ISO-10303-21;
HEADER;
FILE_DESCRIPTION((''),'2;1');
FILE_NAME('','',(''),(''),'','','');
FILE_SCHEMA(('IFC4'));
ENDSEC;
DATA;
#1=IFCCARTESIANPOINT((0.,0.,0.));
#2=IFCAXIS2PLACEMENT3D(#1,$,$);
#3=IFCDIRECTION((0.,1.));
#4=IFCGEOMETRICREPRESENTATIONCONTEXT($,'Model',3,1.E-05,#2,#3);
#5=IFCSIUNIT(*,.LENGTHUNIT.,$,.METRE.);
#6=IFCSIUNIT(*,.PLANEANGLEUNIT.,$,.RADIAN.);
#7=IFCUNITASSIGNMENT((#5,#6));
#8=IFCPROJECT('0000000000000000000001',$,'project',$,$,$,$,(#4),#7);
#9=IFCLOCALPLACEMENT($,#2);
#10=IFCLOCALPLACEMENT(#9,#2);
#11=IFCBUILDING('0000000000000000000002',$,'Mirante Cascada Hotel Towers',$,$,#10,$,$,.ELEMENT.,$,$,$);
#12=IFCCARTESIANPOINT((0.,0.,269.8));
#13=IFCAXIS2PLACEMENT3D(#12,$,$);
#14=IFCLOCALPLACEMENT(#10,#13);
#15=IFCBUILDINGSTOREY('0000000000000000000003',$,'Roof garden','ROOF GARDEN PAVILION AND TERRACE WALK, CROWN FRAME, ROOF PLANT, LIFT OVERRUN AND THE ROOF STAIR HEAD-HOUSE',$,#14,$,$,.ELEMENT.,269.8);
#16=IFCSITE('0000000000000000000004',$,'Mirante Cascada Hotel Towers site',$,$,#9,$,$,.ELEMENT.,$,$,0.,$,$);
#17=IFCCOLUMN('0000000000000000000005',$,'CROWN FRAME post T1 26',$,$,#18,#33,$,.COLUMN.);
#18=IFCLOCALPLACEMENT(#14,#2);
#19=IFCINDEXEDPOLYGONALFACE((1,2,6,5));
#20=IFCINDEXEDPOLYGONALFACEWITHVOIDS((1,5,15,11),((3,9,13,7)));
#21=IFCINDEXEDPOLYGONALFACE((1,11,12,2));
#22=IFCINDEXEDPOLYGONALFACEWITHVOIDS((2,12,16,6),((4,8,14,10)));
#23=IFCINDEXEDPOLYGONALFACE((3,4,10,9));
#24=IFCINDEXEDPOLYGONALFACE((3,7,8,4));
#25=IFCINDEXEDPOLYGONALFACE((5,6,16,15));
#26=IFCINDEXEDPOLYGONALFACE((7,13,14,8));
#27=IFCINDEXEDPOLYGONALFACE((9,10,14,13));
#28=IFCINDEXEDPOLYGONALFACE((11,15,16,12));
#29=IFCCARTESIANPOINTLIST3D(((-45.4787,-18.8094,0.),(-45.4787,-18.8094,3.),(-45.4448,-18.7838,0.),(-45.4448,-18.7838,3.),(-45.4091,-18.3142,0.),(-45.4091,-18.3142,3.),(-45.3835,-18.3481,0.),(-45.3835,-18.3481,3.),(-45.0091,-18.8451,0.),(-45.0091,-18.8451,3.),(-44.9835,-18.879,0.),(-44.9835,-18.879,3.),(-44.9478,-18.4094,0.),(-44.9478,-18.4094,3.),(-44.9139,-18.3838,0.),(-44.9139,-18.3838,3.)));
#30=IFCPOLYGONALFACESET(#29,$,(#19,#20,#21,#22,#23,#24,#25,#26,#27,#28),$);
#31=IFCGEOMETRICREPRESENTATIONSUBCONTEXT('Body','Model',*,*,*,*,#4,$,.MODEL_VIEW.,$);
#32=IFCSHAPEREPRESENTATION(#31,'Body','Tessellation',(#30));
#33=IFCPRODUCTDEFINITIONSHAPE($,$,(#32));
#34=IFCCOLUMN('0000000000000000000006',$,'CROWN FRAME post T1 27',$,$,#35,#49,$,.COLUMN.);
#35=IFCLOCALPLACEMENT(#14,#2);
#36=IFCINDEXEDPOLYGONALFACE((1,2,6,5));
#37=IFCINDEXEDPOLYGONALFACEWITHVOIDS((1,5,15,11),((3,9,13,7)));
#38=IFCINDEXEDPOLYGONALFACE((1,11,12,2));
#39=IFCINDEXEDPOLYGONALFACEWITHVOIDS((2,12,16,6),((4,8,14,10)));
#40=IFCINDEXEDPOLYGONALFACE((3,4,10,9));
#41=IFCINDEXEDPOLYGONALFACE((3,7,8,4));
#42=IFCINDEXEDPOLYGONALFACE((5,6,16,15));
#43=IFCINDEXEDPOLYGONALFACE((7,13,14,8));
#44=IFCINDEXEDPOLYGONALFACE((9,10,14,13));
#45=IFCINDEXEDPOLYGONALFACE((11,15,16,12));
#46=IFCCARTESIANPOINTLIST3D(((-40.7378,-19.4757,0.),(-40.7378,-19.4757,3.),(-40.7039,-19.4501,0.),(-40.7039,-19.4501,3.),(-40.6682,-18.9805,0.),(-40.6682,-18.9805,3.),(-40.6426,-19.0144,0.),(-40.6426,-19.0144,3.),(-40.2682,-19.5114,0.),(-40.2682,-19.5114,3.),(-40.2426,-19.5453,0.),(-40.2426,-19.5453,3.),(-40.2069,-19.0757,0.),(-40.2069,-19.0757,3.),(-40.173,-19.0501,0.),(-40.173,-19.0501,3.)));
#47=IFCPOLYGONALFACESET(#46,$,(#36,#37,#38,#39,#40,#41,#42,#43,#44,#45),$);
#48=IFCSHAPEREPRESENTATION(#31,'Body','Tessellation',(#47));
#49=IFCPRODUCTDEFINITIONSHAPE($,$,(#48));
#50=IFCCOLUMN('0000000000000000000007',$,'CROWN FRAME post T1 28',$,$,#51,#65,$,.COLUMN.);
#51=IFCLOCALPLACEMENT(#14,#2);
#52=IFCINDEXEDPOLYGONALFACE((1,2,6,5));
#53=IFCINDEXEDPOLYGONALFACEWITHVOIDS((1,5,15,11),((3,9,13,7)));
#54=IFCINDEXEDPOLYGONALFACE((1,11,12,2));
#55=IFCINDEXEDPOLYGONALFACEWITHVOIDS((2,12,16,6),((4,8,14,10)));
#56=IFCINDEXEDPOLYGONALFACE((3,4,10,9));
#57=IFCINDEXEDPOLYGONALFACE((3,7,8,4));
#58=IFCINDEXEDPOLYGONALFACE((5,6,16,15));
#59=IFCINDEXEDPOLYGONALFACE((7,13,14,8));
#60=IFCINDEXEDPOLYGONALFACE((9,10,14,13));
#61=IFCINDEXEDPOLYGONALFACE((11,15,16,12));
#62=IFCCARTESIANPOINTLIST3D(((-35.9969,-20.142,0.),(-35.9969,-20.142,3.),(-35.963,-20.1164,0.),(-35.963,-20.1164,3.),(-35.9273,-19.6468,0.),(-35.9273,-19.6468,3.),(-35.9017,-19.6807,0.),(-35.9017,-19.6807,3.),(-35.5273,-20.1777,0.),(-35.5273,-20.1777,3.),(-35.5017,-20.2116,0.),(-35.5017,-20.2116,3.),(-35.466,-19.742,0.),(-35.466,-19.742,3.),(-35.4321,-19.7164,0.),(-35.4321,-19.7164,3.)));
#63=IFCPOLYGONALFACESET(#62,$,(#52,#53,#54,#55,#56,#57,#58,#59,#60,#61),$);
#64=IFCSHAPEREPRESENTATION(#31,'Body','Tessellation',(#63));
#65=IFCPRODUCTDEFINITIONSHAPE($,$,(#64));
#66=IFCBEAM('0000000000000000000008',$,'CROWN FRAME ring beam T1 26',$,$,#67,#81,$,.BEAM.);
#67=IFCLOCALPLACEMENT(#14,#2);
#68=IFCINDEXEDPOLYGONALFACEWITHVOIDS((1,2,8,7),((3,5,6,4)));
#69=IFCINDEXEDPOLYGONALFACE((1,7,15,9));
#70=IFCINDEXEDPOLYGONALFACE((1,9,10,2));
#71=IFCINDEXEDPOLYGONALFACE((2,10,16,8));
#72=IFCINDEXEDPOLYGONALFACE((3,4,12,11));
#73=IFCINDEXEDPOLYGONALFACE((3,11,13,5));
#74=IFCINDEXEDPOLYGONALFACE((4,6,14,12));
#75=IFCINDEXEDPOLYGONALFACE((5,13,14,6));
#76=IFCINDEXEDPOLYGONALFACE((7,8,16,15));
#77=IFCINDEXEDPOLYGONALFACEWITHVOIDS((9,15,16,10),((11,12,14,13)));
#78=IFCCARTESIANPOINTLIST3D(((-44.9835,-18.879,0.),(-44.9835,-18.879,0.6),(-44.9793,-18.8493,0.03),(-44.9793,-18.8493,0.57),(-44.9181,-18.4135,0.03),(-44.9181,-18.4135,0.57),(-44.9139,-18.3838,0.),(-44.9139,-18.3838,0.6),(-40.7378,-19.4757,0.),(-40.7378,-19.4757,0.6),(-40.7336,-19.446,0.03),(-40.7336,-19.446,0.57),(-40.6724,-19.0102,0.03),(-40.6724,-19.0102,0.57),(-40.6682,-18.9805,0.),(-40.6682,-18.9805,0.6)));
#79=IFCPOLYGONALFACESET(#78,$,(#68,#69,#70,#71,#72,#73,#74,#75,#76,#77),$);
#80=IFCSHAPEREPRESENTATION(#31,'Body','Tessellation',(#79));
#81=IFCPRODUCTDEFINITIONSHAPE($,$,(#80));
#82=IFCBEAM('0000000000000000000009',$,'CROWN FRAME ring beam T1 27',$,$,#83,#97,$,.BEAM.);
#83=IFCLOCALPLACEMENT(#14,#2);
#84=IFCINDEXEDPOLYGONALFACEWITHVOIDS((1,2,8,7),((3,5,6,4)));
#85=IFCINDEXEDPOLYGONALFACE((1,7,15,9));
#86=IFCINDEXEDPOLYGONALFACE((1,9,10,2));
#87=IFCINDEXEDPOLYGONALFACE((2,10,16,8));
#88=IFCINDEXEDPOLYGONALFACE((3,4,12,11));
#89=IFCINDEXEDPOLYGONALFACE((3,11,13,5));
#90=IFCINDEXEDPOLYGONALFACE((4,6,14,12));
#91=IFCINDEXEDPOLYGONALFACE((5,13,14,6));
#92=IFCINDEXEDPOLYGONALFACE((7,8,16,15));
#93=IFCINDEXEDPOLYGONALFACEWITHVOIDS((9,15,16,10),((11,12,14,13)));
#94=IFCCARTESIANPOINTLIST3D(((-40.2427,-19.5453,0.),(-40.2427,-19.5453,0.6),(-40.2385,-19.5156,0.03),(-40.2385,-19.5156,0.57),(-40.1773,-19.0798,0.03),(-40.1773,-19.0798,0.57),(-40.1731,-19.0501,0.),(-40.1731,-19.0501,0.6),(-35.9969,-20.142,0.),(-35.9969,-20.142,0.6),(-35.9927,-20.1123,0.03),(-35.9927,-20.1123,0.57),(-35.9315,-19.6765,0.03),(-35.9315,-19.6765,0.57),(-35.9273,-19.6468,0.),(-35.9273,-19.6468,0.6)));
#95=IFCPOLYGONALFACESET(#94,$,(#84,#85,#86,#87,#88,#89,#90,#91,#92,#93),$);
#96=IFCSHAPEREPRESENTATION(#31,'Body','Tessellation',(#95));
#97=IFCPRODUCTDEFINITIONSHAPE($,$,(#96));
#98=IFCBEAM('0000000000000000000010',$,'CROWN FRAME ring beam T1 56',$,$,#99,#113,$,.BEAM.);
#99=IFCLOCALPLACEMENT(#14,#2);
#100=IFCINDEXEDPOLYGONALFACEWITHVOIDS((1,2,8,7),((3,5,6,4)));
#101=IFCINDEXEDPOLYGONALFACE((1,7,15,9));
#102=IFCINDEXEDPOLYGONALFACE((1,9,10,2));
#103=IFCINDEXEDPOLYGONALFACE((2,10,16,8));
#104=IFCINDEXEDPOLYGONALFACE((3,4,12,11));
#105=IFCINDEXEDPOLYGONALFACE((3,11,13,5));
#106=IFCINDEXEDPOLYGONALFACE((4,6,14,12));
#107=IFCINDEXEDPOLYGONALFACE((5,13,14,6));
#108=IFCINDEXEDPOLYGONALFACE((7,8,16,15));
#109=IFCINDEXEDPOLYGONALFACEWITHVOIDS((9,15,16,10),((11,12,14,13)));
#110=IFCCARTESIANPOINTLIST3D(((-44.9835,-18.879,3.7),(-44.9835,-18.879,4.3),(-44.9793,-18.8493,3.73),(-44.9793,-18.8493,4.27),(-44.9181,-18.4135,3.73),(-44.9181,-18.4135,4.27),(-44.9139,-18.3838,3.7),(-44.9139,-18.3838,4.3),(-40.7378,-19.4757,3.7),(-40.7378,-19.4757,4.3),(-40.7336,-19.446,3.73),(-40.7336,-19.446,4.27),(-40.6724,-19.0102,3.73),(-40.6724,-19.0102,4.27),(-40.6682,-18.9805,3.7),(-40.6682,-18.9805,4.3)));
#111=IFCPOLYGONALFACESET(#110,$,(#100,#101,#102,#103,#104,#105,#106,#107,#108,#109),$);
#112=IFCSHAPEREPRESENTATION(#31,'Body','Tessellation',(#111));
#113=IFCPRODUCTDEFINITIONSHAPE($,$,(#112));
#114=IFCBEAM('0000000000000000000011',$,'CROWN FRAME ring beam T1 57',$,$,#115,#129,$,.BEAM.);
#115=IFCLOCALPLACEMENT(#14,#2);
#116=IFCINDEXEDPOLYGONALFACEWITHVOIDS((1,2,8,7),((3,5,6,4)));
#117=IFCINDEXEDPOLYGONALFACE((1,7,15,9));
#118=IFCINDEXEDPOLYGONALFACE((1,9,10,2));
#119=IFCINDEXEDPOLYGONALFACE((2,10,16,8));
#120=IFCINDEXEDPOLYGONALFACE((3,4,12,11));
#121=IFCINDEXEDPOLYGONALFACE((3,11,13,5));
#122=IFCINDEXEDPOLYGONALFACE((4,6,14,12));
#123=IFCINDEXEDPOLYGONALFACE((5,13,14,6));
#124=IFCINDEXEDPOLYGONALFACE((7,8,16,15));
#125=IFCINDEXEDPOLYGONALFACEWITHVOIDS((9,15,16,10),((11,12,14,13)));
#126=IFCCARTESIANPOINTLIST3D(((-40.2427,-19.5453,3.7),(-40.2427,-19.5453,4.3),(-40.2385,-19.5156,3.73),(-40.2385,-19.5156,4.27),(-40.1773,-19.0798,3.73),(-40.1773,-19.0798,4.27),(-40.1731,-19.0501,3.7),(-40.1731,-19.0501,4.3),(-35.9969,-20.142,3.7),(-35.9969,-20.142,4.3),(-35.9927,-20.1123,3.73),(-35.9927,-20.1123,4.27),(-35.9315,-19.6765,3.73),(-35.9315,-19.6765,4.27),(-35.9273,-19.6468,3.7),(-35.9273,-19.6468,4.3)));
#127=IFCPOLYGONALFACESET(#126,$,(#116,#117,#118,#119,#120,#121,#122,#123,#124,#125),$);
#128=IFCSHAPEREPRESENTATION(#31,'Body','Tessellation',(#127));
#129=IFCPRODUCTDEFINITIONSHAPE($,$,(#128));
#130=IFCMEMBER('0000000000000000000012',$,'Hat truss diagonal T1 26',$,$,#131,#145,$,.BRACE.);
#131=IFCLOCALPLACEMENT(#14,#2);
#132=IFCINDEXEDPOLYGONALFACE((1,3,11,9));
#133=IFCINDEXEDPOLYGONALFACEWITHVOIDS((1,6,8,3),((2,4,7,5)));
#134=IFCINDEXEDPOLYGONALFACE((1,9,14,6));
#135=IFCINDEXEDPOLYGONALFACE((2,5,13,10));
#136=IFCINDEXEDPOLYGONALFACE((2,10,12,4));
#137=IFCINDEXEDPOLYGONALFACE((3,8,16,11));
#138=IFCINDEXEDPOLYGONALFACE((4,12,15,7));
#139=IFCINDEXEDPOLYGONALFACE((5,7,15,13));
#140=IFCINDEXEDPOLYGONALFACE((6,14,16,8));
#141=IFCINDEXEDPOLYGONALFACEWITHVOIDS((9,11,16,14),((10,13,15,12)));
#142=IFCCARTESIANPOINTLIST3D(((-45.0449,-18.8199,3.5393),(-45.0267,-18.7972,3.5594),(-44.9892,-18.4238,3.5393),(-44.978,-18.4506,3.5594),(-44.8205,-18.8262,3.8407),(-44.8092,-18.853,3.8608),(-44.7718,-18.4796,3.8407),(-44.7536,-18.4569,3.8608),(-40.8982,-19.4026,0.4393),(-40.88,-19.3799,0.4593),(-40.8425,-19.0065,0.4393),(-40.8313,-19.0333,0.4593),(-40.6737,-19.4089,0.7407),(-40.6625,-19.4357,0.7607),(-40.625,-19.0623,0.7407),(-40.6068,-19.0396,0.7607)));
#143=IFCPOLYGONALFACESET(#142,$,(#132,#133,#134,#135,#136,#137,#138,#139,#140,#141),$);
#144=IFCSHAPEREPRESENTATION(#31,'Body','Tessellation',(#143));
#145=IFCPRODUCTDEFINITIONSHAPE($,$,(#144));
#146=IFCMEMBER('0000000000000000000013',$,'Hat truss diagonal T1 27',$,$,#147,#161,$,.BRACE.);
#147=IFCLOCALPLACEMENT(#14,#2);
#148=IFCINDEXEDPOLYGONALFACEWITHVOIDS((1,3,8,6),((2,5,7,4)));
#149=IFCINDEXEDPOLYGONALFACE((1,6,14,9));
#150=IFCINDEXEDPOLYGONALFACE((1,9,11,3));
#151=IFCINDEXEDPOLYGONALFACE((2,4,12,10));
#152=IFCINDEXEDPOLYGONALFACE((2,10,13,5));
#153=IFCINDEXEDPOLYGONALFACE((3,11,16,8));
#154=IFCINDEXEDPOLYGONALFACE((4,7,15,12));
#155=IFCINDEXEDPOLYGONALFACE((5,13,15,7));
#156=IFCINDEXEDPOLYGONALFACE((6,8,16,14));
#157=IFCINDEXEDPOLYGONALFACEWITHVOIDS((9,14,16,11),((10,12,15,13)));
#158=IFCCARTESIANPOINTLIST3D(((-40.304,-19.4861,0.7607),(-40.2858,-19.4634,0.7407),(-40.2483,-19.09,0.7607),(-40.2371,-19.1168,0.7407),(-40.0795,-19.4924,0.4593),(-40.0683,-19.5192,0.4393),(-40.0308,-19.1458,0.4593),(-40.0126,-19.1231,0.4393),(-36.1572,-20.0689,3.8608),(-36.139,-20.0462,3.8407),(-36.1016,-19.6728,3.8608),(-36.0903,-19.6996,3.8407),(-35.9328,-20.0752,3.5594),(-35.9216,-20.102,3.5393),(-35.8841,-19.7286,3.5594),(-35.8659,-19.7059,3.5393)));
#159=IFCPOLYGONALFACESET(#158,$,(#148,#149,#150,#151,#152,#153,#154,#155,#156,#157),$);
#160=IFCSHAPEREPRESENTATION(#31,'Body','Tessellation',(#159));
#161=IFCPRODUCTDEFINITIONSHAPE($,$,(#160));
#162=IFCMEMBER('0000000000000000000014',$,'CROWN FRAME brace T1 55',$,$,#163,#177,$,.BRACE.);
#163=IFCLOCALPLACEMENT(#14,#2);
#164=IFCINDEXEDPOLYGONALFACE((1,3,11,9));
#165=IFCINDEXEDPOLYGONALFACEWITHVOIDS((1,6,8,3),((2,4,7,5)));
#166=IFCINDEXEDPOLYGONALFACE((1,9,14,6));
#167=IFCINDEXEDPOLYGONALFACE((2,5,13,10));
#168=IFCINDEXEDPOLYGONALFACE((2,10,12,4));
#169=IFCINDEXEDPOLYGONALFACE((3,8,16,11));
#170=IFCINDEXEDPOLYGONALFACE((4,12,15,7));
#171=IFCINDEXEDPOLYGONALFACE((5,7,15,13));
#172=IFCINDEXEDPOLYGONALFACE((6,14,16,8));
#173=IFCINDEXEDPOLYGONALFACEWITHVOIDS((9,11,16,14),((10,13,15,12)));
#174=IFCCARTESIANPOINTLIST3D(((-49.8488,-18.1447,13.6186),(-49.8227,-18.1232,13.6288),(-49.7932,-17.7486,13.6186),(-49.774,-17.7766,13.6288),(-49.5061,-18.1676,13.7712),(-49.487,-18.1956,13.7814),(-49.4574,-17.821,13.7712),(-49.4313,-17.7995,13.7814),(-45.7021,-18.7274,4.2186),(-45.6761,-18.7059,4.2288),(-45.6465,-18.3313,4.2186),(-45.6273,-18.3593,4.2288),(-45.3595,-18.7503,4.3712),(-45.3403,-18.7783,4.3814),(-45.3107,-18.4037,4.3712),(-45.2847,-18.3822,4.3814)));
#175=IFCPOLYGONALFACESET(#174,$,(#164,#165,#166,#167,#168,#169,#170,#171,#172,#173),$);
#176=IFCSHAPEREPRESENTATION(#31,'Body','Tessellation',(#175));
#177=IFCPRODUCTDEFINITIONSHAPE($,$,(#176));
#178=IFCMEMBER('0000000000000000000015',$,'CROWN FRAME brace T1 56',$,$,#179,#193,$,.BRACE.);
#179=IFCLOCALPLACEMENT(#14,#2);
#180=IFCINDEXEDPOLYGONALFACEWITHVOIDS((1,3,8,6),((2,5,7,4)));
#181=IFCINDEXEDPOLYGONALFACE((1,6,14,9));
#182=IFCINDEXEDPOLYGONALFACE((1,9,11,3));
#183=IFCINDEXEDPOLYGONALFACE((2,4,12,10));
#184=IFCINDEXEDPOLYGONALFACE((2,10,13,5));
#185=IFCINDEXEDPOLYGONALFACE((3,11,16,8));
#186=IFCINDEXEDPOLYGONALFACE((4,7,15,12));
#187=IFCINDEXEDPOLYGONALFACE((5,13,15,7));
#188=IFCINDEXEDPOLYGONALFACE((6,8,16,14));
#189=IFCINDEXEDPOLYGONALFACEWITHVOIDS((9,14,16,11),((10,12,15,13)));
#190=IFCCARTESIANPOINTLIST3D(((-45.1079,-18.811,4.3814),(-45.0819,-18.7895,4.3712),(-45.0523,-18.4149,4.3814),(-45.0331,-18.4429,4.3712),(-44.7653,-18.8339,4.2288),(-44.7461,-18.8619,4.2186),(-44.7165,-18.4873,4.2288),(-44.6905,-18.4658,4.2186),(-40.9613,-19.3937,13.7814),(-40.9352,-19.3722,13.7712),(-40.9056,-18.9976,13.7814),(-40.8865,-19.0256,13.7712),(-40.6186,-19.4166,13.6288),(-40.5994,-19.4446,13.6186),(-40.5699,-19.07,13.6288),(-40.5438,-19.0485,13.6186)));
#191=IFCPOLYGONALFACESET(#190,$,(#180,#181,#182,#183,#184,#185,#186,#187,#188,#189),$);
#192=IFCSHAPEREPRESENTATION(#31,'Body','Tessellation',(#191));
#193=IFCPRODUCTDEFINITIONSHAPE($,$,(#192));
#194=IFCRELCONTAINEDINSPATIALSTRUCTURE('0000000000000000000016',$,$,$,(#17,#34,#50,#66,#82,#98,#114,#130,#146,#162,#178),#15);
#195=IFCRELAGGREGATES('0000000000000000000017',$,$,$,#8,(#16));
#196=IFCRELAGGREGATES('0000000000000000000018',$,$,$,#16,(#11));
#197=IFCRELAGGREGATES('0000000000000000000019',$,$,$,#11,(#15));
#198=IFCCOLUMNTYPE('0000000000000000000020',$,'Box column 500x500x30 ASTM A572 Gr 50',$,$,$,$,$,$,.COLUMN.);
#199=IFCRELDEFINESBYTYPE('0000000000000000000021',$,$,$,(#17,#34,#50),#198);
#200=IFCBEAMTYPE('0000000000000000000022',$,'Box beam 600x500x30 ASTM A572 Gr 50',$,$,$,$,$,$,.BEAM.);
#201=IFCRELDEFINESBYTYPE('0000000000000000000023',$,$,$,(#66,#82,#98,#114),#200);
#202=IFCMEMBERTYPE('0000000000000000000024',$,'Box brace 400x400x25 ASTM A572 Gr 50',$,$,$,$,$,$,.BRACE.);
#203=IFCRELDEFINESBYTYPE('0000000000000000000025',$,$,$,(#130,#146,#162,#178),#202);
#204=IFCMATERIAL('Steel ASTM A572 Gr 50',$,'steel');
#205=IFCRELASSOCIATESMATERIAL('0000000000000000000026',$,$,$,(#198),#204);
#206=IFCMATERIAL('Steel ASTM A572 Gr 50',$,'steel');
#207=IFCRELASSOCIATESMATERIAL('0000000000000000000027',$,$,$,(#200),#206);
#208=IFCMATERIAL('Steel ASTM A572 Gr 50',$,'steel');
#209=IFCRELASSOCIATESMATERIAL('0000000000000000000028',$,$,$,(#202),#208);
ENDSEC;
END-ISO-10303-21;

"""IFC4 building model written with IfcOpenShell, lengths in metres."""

from ifc_helpers import new_model, si_unit, direction, frame, origin, origin_2d, place, context, subcontext, project, spatial, hollow_rectangle, extrude, material, material_profile, profile_set, type_object, element, save


model = new_model("IFC4")

# Units and contexts
model_context = context("Model", 3, precision=1e-05, world=origin(), true_north=direction((0.0, 1.0)))
body_context = subcontext(model_context, "Body", "Model", "MODEL_VIEW")
ifc_project = project(units=[si_unit("LENGTHUNIT", "METRE"), si_unit("PLANEANGLEUNIT", "RADIAN")], contexts=[model_context])

# Site, building, storey
site_placement = place(None, origin())
site = spatial("IfcSite", under=ifc_project, at=site_placement, Name="Mirante Cascada Hotel Towers site", CompositionType="ELEMENT", RefElevation=0.0)
building_placement = place(site_placement, origin())
building = spatial("IfcBuilding", under=site, at=building_placement, Name="Mirante Cascada Hotel Towers", CompositionType="ELEMENT")
storey_placement = place(building_placement, frame((0.0, 0.0, 269.8)))
storey = spatial("IfcBuildingStorey", under=building, at=storey_placement, Name="Roof garden", Description="ROOF GARDEN PAVILION AND TERRACE WALK, CROWN FRAME, ROOF PLANT, LIFT OVERRUN AND THE ROOF STAIR HEAD-HOUSE", CompositionType="ELEMENT", Elevation=269.8)

# Columns
ifc_material_1 = material(Name="Steel ASTM A572 Gr 50", Category="steel")
ifc_material_profile_1 = material_profile(ifc_material_1, hollow_rectangle(XDim=0.5, YDim=0.5, WallThickness=0.03, at=origin_2d()), Name="Box column 500x500x30 ASTM A572 Gr 50")
ifc_profile_set_1 = profile_set([ifc_material_profile_1], Name="Steel ASTM A572 Gr 50")
column_type = type_object("IfcColumnType", Name="Box column 500x500x30 ASTM A572 Gr 50", PredefinedType="COLUMN", material=ifc_profile_set_1)
for number, where, z_axis, x_axis, name in (
    (1, (-45.1963, -18.5966, 0.0), (0.0, 0.0, 1.0), (-0.990268, 0.139173, 0.0), "CROWN FRAME post T1 26"),
    (2, (-40.4554, -19.2629, 0.0), (0.0, 0.0, 1.0), (-0.990268, 0.139173, 0.0), "CROWN FRAME post T1 27"),
    (3, (-35.7145, -19.9292, 0.0), (0.0, 0.0, 1.0), (-0.990268, 0.139173, 0.0), "CROWN FRAME post T1 28"),
):
    element("IfcColumn", number, at=place(storey_placement, frame(where, z_axis=z_axis, x_axis=x_axis)), inside=storey, type_object=column_type, Name=name, PredefinedType="COLUMN", context=body_context, shape_type="SweptSolid", body=[
        extrude(hollow_rectangle(XDim=0.5, YDim=0.5, WallThickness=0.03, at=origin_2d()), origin(), (0.0, 0.0, 1.0), 3.0),
    ])

# Beams
ifc_material_2 = material(Name="Steel ASTM A572 Gr 50", Category="steel")
ifc_material_profile_2 = material_profile(ifc_material_2, hollow_rectangle(XDim=0.5, YDim=0.6, WallThickness=0.03, at=origin_2d()), Name="Box beam 600x500x30 ASTM A572 Gr 50")
ifc_profile_set_2 = profile_set([ifc_material_profile_2], Name="Steel ASTM A572 Gr 50")
beam_type = type_object("IfcBeamType", Name="Box beam 600x500x30 ASTM A572 Gr 50", PredefinedType="BEAM", material=ifc_profile_set_2)
beam_1_placement = place(storey_placement, frame((-44.9487, -18.6314, 0.3), z_axis=(0.990268, -0.139174, 0.0), x_axis=(0.139174, 0.990268, 0.0)))
element("IfcBeam", 4, at=beam_1_placement, inside=storey, type_object=beam_type, Name="CROWN FRAME ring beam T1 26", PredefinedType="BEAM", context=body_context, shape_type="SweptSolid", body=[
    extrude(hollow_rectangle(XDim=0.5, YDim=0.6, WallThickness=0.03, at=origin_2d()), origin(), (0.0, 0.0, 1.0), 4.2874),
])
beam_2_placement = place(storey_placement, frame((-40.2079, -19.2977, 0.3), z_axis=(0.990268, -0.139171, 0.0), x_axis=(0.139171, 0.990268, 0.0)))
element("IfcBeam", 5, at=beam_2_placement, inside=storey, type_object=beam_type, Name="CROWN FRAME ring beam T1 27", PredefinedType="BEAM", context=body_context, shape_type="SweptSolid", body=[
    extrude(hollow_rectangle(XDim=0.5, YDim=0.6, WallThickness=0.03, at=origin_2d()), origin(), (0.0, 0.0, 1.0), 4.2875),
])
beam_3_placement = place(storey_placement, frame((-44.9487, -18.6314, 4.0), z_axis=(0.990268, -0.139174, 0.0), x_axis=(0.139174, 0.990268, 0.0)))
element("IfcBeam", 6, at=beam_3_placement, inside=storey, type_object=beam_type, Name="CROWN FRAME ring beam T1 56", PredefinedType="BEAM", context=body_context, shape_type="SweptSolid", body=[
    extrude(hollow_rectangle(XDim=0.5, YDim=0.6, WallThickness=0.03, at=origin_2d()), origin(), (0.0, 0.0, 1.0), 4.2874),
])
beam_4_placement = place(storey_placement, frame((-40.2079, -19.2977, 4.0), z_axis=(0.990268, -0.139171, 0.0), x_axis=(0.139171, 0.990268, 0.0)))
element("IfcBeam", 7, at=beam_4_placement, inside=storey, type_object=beam_type, Name="CROWN FRAME ring beam T1 57", PredefinedType="BEAM", context=body_context, shape_type="SweptSolid", body=[
    extrude(hollow_rectangle(XDim=0.5, YDim=0.6, WallThickness=0.03, at=origin_2d()), origin(), (0.0, 0.0, 1.0), 4.2875),
])

# Members
ifc_material_3 = material(Name="Steel ASTM A572 Gr 50", Category="steel")
ifc_material_profile_3 = material_profile(ifc_material_3, hollow_rectangle(XDim=0.4, YDim=0.4, WallThickness=0.025, at=origin_2d()), Name="Box brace 400x400x25 ASTM A572 Gr 50")
ifc_profile_set_3 = profile_set([ifc_material_profile_3], Name="Steel ASTM A572 Gr 50")
member_type = type_object("IfcMemberType", Name="Box brace 400x400x25 ASTM A572 Gr 50", PredefinedType="BRACE", material=ifc_profile_set_3)
for number, where, z_axis, x_axis, name in (
    (8, (-40.7525, -19.2211, 0.6), (-0.795903, 0.111841, 0.595004), (-0.139154, -0.990271, 0.0), "Hat truss diagonal T1 26"),
    (9, (-40.1583, -19.3046, 0.6), (0.795902, -0.11186, 0.595002), (0.139178, 0.990267, 0.0), "Hat truss diagonal T1 27"),
):
    element("IfcMember", number, at=place(storey_placement, frame(where, z_axis=z_axis, x_axis=x_axis)), inside=storey, type_object=member_type, Name=name, PredefinedType="BRACE", context=body_context, shape_type="SweptSolid", body=[
        extrude(hollow_rectangle(XDim=0.4, YDim=0.4, WallThickness=0.025, at=origin_2d()), origin(), (0.0, 0.0, 1.0), 5.2101),
    ])
for number, where, z_axis, x_axis, name in (
    (10, (-45.4934, -18.5548, 4.3), (-0.402963, 0.056625, 0.913463), (-0.139154, -0.990271, 0.0), "CROWN FRAME brace T1 55"),
    (11, (-44.8992, -18.6384, 4.3), (0.402963, -0.056625, 0.913463), (0.139154, 0.990271, 0.0), "CROWN FRAME brace T1 56"),
):
    element("IfcMember", number, at=place(storey_placement, frame(where, z_axis=z_axis, x_axis=x_axis)), inside=storey, type_object=member_type, Name=name, PredefinedType="BRACE", context=body_context, shape_type="SweptSolid", body=[
        extrude(hollow_rectangle(XDim=0.4, YDim=0.4, WallThickness=0.025, at=origin_2d()), origin(), (0.0, 0.0, 1.0), 10.2905),
    ])

save(model, "model.ifc")
